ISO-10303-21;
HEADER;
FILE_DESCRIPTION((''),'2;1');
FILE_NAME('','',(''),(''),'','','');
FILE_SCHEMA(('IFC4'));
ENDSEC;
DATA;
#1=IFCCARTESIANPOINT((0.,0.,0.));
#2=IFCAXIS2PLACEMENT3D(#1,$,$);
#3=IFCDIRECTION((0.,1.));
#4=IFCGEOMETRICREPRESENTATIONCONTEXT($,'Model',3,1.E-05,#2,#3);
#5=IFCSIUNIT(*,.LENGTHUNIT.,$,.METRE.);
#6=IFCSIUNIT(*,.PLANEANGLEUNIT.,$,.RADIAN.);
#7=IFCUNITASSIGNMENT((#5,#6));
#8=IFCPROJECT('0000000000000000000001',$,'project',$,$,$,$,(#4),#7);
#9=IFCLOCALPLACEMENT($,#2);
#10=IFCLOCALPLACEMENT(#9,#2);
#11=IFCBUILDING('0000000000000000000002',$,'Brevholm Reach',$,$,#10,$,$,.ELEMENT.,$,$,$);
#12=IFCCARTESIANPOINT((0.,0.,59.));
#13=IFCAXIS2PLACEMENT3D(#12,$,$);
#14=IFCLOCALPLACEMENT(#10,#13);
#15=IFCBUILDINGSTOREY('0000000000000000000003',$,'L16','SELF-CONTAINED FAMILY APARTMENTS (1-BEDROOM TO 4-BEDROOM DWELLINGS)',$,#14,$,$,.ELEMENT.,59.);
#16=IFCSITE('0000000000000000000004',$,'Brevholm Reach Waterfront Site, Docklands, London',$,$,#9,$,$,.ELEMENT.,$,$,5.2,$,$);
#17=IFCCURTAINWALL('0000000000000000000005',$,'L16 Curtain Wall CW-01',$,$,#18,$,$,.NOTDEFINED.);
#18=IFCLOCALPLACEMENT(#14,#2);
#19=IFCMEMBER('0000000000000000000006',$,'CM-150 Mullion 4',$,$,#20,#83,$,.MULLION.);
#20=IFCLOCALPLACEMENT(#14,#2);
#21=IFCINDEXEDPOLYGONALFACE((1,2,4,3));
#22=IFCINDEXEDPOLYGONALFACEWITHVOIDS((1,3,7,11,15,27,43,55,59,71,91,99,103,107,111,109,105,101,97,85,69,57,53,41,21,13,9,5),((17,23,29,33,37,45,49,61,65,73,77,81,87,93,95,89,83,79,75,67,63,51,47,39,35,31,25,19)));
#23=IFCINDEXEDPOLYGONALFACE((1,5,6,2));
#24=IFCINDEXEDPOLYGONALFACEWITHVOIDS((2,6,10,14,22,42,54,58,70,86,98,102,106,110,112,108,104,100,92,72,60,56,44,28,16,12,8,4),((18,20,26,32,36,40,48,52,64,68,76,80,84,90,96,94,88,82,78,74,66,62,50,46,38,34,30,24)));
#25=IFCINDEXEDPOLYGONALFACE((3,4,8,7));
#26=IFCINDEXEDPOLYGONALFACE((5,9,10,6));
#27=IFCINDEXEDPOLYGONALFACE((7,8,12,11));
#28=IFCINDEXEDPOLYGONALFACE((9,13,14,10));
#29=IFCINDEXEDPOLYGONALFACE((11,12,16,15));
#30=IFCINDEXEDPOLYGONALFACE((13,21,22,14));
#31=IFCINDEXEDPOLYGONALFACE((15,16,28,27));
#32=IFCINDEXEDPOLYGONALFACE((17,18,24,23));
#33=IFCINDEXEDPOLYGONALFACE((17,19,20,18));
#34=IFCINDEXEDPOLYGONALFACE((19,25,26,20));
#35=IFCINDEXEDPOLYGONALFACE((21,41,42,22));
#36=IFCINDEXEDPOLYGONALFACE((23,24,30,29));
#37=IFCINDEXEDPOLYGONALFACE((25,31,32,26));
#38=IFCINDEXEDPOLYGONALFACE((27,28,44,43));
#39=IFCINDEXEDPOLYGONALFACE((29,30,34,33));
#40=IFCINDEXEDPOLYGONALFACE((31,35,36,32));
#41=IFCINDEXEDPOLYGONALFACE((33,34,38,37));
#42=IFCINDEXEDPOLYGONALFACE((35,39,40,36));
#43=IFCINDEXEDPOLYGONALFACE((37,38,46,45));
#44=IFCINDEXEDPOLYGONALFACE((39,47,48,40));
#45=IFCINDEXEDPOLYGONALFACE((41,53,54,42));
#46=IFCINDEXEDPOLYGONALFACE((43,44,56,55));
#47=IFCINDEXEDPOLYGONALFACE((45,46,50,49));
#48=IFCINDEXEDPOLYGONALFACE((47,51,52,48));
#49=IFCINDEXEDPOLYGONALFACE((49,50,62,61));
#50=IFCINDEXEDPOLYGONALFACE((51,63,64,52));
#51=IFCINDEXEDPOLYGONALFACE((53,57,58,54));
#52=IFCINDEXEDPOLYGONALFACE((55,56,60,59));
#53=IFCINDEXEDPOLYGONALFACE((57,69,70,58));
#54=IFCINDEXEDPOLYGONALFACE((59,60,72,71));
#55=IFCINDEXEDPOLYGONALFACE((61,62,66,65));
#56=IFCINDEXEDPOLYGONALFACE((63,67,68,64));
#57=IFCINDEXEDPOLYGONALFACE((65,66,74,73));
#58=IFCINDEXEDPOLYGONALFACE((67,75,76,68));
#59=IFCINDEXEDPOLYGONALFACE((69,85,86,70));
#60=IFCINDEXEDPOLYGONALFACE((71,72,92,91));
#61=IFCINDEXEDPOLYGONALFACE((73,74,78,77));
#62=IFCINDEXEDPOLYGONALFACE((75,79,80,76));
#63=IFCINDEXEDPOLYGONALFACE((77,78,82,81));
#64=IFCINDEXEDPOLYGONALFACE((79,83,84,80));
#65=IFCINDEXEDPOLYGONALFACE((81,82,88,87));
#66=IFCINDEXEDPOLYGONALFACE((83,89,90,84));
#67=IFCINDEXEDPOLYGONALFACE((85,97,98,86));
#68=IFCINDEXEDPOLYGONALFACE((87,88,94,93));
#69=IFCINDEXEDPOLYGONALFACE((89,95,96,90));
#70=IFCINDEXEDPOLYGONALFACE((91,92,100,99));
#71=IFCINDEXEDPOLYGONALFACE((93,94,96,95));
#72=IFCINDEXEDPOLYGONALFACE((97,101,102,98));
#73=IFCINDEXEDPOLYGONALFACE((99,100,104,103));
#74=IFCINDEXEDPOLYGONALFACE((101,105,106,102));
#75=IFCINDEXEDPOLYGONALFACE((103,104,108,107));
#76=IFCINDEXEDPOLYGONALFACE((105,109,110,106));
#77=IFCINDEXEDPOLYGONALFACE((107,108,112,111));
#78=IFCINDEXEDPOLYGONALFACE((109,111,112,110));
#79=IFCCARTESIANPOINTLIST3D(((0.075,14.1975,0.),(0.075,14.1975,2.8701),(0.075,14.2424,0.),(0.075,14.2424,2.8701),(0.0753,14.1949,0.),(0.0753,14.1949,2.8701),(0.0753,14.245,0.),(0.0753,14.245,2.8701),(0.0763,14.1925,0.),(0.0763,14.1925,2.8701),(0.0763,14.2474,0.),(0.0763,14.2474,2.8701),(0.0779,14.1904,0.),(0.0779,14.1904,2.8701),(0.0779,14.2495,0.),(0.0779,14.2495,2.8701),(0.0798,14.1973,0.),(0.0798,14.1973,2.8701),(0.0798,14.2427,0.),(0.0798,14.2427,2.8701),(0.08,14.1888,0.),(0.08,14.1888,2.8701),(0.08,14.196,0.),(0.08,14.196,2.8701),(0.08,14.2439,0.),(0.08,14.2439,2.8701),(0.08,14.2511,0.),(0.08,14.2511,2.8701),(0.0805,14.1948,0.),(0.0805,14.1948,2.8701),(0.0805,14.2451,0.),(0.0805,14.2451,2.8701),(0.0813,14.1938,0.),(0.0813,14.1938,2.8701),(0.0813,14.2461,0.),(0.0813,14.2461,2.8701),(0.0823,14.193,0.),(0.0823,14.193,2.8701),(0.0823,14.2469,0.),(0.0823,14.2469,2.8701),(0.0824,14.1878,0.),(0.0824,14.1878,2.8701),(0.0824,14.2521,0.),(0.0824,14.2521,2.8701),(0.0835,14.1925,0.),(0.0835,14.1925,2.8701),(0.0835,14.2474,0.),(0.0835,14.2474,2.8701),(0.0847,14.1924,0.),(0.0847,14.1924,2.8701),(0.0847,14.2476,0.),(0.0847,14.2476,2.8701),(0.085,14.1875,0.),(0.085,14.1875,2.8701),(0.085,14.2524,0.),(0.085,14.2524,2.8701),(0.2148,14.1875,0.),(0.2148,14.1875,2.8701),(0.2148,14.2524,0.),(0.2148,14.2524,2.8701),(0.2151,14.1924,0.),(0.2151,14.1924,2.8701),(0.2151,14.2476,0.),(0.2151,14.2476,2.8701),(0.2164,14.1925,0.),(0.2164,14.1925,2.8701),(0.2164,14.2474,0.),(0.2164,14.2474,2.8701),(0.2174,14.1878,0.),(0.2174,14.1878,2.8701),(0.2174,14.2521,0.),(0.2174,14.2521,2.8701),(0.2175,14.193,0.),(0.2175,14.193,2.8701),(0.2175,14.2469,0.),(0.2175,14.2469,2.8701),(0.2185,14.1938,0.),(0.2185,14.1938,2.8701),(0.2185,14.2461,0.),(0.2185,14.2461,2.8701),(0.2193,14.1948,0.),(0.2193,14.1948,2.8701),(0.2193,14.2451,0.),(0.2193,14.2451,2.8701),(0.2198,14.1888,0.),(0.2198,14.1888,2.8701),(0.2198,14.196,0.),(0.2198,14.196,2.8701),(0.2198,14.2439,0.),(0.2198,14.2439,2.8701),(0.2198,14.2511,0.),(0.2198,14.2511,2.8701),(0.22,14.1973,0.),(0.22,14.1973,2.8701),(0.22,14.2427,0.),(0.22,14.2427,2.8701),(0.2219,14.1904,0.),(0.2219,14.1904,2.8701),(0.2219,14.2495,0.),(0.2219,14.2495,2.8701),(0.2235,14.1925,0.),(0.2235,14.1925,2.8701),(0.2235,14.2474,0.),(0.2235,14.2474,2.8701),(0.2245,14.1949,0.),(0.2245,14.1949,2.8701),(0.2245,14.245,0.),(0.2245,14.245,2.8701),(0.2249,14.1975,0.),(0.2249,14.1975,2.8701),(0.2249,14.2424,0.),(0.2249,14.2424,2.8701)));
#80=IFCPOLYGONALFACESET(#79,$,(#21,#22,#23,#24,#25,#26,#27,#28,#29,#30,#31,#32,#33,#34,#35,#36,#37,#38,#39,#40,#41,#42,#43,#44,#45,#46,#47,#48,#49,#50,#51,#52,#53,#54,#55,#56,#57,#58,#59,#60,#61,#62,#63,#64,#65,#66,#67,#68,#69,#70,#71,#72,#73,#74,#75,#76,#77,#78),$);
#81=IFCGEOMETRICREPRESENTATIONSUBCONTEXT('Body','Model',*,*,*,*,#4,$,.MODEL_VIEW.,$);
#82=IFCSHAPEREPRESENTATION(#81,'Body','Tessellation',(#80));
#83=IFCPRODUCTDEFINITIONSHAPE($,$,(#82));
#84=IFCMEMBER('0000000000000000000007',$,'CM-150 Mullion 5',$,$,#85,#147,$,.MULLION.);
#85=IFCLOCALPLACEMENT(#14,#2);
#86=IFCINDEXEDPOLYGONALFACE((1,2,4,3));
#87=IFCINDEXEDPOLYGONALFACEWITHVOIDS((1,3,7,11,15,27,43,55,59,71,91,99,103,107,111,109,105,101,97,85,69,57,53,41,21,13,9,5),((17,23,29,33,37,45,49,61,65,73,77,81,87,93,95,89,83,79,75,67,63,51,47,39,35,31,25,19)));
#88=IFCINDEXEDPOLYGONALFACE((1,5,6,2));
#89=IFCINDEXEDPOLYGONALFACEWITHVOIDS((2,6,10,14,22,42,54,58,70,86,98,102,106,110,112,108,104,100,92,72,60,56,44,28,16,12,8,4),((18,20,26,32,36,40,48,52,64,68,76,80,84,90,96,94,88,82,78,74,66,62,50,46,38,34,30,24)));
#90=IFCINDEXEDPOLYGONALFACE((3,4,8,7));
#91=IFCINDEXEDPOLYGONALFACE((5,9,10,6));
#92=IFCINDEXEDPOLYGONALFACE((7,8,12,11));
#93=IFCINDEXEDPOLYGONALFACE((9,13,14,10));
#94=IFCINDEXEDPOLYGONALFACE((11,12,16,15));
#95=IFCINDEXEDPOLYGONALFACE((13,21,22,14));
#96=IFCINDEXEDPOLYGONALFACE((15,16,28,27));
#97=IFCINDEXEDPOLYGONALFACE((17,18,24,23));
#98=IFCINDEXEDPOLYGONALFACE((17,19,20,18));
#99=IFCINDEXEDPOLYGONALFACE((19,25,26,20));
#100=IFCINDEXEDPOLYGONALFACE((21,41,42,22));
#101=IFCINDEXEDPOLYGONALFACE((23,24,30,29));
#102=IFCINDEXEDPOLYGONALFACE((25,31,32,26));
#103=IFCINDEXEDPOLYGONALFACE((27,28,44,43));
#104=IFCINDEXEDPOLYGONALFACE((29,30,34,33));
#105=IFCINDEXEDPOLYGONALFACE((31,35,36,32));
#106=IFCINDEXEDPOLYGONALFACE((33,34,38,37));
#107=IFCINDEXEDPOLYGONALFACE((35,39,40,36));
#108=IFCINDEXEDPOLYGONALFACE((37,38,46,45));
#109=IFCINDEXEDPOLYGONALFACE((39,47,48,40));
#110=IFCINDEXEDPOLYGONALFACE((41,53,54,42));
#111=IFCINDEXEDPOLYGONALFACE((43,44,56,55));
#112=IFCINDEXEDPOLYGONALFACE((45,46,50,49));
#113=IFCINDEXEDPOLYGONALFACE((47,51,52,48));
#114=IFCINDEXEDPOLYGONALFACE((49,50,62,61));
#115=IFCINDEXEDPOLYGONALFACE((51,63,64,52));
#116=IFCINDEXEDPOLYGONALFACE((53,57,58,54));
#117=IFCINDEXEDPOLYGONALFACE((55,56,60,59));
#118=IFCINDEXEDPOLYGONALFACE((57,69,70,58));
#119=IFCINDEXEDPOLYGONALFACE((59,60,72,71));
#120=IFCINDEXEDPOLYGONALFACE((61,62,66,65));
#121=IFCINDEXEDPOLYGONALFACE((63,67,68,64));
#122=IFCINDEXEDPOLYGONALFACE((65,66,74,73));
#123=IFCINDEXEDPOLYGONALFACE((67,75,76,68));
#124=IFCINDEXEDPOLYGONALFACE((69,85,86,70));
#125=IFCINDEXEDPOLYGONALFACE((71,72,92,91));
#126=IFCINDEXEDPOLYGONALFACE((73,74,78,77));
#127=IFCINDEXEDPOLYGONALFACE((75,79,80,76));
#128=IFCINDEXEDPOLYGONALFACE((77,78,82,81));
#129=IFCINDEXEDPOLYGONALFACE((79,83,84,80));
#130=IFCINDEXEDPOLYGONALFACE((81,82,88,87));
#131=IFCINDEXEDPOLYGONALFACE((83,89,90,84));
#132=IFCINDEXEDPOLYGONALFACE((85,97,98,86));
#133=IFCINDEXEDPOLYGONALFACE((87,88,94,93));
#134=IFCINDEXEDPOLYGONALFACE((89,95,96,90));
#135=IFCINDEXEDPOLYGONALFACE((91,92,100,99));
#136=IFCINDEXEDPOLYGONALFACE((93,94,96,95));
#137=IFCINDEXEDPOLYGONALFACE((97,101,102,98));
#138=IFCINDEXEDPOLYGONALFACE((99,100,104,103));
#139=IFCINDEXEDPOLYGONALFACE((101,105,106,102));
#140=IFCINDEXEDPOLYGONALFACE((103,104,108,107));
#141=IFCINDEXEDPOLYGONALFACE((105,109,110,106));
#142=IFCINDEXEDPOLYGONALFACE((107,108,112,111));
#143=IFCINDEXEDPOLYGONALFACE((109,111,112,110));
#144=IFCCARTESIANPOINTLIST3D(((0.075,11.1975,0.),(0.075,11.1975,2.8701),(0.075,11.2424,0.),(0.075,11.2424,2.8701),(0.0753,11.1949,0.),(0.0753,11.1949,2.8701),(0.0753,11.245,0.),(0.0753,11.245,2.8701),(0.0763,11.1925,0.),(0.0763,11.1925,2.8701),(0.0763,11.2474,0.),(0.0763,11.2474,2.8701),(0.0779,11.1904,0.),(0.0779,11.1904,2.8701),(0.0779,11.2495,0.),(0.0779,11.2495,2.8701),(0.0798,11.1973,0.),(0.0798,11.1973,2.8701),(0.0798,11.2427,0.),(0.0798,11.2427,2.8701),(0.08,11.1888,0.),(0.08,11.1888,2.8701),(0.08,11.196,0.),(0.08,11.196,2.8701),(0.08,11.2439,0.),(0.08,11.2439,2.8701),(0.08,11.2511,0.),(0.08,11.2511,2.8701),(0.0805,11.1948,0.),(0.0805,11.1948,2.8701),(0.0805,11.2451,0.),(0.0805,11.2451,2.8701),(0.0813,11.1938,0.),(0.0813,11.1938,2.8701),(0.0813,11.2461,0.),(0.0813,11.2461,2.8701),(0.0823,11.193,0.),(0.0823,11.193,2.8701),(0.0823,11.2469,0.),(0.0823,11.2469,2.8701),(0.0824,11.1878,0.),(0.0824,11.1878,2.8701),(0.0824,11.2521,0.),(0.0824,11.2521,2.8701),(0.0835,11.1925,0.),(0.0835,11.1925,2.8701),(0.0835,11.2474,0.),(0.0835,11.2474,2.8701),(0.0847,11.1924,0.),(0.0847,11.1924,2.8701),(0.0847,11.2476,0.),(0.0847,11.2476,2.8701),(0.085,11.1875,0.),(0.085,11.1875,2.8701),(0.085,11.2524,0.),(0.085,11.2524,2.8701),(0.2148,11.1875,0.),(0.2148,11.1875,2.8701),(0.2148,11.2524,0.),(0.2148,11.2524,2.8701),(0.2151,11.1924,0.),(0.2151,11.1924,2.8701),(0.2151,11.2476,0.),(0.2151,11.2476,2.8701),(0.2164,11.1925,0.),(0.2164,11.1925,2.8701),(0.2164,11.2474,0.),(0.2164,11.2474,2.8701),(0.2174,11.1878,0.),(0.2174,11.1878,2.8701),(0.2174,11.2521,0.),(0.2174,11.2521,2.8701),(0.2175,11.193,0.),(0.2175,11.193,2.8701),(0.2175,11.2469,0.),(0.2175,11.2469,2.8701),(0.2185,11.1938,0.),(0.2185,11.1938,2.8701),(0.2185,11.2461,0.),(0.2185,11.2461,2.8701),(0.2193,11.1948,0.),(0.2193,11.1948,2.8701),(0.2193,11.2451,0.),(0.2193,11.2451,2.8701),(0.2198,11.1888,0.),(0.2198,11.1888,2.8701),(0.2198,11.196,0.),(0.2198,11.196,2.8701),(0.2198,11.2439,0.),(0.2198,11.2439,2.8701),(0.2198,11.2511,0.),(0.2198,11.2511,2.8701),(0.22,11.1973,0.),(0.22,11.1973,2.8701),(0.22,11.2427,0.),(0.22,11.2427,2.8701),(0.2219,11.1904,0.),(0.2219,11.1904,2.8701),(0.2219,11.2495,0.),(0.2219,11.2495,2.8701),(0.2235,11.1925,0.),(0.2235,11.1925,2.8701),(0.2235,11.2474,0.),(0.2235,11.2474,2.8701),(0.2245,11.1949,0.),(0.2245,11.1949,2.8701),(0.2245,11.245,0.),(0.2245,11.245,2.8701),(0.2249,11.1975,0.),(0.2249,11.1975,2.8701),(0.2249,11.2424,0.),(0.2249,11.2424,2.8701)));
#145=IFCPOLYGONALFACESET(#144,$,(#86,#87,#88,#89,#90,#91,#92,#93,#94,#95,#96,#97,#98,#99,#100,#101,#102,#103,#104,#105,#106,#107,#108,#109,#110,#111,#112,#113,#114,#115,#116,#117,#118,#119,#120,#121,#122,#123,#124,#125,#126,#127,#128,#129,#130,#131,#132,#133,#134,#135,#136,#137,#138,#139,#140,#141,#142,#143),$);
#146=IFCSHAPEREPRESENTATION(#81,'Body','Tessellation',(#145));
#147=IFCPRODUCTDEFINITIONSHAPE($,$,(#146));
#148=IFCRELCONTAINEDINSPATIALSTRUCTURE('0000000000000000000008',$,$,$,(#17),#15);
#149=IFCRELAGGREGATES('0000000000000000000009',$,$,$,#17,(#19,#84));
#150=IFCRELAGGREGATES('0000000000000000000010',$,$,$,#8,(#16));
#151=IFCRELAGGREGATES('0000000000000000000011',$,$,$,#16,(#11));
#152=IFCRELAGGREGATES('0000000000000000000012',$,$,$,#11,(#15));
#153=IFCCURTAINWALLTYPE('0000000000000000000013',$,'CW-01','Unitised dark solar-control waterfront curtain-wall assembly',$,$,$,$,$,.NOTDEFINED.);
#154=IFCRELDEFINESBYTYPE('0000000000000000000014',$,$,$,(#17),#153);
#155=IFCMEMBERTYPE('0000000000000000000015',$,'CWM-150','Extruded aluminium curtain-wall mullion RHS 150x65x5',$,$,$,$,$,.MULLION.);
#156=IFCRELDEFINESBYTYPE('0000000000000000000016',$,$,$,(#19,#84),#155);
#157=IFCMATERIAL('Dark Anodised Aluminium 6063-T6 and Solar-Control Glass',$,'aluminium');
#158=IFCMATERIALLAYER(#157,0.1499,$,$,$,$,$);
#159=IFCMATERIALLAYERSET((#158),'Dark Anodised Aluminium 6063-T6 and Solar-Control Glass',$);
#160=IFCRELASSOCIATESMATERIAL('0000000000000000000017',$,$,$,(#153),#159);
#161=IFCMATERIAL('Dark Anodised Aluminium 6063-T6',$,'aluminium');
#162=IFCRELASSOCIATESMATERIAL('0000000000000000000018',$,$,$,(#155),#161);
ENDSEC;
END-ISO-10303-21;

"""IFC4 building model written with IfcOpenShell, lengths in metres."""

from ifc_helpers import new_model, si_unit, direction, frame, origin, origin_2d, place, context, subcontext, project, spatial, hollow_rectangle, extrude, material, layer, layer_set, material_profile, profile_set, type_object, element, aggregate, save


model = new_model("IFC4")

# Units and contexts
model_context = context("Model", 3, precision=1e-05, world=origin(), true_north=direction((0.0, 1.0)))
body_context = subcontext(model_context, "Body", "Model", "MODEL_VIEW")
ifc_project = project(units=[si_unit("LENGTHUNIT", "METRE"), si_unit("PLANEANGLEUNIT", "RADIAN")], contexts=[model_context])

# Site, building, storey
site_placement = place(None, origin())
site = spatial("IfcSite", under=ifc_project, at=site_placement, Name="Brevholm Reach Waterfront Site, Docklands, London", CompositionType="ELEMENT", RefElevation=5.2)
building_placement = place(site_placement, origin())
building = spatial("IfcBuilding", under=site, at=building_placement, Name="Brevholm Reach", CompositionType="ELEMENT")
storey_placement = place(building_placement, frame((0.0, 0.0, 59.0)))
storey = spatial("IfcBuildingStorey", under=building, at=storey_placement, Name="L16", Description="SELF-CONTAINED FAMILY APARTMENTS (1-BEDROOM TO 4-BEDROOM DWELLINGS)", CompositionType="ELEMENT", Elevation=59.0)

# Curtain wall, members
ifc_material_1 = material(Name="Dark Anodised Aluminium 6063-T6 and Solar-Control Glass", Category="aluminium")
ifc_layer_1 = layer(ifc_material_1, 0.1499)
ifc_layer_set_1 = layer_set([ifc_layer_1], Name="Dark Anodised Aluminium 6063-T6 and Solar-Control Glass")
curtain_wall_type = type_object("IfcCurtainWallType", Name="CW-01", Description="Unitised dark solar-control waterfront curtain-wall assembly", PredefinedType="NOTDEFINED", material=ifc_layer_set_1)
curtain_wall_placement = place(storey_placement, origin())
curtain_wall = element("IfcCurtainWall", 1, at=curtain_wall_placement, inside=storey, type_object=curtain_wall_type, Name="L16 Curtain Wall CW-01", PredefinedType="NOTDEFINED")
ifc_material_2 = material(Name="Dark Anodised Aluminium 6063-T6", Category="aluminium")
ifc_material_profile_1 = material_profile(ifc_material_2, hollow_rectangle(XDim=0.0649, YDim=0.1499, WallThickness=0.0049, InnerFilletRadius=0.0049, OuterFilletRadius=0.01, at=origin_2d()), Name="RHS 150x65x5")
ifc_profile_set_1 = profile_set([ifc_material_profile_1], Name="Dark Anodised Aluminium 6063-T6")
member_type_1 = type_object("IfcMemberType", Name="CWM-150", Description="Extruded aluminium curtain-wall mullion RHS 150x65x5", PredefinedType="MULLION", material=ifc_profile_set_1)
member_1_placement = place(storey_placement, frame((0.1499, 14.22, 0.0), z_axis=(0.0, 0.0, 1.0), x_axis=(0.0, -1.0, 0.0)))
member_1 = element("IfcMember", 2, at=member_1_placement, type_object=member_type_1, Name="CM-150 Mullion 4", PredefinedType="MULLION", context=body_context, shape_type="SweptSolid", body=[
    extrude(hollow_rectangle(XDim=0.0649, YDim=0.1499, WallThickness=0.0049, InnerFilletRadius=0.0049, OuterFilletRadius=0.01, at=origin_2d()), origin(), (0.0, 0.0, 1.0), 2.8701),
])
member_2_placement = place(storey_placement, frame((0.1499, 11.22, 0.0), z_axis=(0.0, 0.0, 1.0), x_axis=(0.0, -1.0, 0.0)))
member_2 = element("IfcMember", 3, at=member_2_placement, type_object=member_type_1, Name="CM-150 Mullion 5", PredefinedType="MULLION", context=body_context, shape_type="SweptSolid", body=[
    extrude(hollow_rectangle(XDim=0.0649, YDim=0.1499, WallThickness=0.0049, InnerFilletRadius=0.0049, OuterFilletRadius=0.01, at=origin_2d()), origin(), (0.0, 0.0, 1.0), 2.8701),
])
aggregate(curtain_wall, [member_1, member_2])

save(model, "model.ifc")
